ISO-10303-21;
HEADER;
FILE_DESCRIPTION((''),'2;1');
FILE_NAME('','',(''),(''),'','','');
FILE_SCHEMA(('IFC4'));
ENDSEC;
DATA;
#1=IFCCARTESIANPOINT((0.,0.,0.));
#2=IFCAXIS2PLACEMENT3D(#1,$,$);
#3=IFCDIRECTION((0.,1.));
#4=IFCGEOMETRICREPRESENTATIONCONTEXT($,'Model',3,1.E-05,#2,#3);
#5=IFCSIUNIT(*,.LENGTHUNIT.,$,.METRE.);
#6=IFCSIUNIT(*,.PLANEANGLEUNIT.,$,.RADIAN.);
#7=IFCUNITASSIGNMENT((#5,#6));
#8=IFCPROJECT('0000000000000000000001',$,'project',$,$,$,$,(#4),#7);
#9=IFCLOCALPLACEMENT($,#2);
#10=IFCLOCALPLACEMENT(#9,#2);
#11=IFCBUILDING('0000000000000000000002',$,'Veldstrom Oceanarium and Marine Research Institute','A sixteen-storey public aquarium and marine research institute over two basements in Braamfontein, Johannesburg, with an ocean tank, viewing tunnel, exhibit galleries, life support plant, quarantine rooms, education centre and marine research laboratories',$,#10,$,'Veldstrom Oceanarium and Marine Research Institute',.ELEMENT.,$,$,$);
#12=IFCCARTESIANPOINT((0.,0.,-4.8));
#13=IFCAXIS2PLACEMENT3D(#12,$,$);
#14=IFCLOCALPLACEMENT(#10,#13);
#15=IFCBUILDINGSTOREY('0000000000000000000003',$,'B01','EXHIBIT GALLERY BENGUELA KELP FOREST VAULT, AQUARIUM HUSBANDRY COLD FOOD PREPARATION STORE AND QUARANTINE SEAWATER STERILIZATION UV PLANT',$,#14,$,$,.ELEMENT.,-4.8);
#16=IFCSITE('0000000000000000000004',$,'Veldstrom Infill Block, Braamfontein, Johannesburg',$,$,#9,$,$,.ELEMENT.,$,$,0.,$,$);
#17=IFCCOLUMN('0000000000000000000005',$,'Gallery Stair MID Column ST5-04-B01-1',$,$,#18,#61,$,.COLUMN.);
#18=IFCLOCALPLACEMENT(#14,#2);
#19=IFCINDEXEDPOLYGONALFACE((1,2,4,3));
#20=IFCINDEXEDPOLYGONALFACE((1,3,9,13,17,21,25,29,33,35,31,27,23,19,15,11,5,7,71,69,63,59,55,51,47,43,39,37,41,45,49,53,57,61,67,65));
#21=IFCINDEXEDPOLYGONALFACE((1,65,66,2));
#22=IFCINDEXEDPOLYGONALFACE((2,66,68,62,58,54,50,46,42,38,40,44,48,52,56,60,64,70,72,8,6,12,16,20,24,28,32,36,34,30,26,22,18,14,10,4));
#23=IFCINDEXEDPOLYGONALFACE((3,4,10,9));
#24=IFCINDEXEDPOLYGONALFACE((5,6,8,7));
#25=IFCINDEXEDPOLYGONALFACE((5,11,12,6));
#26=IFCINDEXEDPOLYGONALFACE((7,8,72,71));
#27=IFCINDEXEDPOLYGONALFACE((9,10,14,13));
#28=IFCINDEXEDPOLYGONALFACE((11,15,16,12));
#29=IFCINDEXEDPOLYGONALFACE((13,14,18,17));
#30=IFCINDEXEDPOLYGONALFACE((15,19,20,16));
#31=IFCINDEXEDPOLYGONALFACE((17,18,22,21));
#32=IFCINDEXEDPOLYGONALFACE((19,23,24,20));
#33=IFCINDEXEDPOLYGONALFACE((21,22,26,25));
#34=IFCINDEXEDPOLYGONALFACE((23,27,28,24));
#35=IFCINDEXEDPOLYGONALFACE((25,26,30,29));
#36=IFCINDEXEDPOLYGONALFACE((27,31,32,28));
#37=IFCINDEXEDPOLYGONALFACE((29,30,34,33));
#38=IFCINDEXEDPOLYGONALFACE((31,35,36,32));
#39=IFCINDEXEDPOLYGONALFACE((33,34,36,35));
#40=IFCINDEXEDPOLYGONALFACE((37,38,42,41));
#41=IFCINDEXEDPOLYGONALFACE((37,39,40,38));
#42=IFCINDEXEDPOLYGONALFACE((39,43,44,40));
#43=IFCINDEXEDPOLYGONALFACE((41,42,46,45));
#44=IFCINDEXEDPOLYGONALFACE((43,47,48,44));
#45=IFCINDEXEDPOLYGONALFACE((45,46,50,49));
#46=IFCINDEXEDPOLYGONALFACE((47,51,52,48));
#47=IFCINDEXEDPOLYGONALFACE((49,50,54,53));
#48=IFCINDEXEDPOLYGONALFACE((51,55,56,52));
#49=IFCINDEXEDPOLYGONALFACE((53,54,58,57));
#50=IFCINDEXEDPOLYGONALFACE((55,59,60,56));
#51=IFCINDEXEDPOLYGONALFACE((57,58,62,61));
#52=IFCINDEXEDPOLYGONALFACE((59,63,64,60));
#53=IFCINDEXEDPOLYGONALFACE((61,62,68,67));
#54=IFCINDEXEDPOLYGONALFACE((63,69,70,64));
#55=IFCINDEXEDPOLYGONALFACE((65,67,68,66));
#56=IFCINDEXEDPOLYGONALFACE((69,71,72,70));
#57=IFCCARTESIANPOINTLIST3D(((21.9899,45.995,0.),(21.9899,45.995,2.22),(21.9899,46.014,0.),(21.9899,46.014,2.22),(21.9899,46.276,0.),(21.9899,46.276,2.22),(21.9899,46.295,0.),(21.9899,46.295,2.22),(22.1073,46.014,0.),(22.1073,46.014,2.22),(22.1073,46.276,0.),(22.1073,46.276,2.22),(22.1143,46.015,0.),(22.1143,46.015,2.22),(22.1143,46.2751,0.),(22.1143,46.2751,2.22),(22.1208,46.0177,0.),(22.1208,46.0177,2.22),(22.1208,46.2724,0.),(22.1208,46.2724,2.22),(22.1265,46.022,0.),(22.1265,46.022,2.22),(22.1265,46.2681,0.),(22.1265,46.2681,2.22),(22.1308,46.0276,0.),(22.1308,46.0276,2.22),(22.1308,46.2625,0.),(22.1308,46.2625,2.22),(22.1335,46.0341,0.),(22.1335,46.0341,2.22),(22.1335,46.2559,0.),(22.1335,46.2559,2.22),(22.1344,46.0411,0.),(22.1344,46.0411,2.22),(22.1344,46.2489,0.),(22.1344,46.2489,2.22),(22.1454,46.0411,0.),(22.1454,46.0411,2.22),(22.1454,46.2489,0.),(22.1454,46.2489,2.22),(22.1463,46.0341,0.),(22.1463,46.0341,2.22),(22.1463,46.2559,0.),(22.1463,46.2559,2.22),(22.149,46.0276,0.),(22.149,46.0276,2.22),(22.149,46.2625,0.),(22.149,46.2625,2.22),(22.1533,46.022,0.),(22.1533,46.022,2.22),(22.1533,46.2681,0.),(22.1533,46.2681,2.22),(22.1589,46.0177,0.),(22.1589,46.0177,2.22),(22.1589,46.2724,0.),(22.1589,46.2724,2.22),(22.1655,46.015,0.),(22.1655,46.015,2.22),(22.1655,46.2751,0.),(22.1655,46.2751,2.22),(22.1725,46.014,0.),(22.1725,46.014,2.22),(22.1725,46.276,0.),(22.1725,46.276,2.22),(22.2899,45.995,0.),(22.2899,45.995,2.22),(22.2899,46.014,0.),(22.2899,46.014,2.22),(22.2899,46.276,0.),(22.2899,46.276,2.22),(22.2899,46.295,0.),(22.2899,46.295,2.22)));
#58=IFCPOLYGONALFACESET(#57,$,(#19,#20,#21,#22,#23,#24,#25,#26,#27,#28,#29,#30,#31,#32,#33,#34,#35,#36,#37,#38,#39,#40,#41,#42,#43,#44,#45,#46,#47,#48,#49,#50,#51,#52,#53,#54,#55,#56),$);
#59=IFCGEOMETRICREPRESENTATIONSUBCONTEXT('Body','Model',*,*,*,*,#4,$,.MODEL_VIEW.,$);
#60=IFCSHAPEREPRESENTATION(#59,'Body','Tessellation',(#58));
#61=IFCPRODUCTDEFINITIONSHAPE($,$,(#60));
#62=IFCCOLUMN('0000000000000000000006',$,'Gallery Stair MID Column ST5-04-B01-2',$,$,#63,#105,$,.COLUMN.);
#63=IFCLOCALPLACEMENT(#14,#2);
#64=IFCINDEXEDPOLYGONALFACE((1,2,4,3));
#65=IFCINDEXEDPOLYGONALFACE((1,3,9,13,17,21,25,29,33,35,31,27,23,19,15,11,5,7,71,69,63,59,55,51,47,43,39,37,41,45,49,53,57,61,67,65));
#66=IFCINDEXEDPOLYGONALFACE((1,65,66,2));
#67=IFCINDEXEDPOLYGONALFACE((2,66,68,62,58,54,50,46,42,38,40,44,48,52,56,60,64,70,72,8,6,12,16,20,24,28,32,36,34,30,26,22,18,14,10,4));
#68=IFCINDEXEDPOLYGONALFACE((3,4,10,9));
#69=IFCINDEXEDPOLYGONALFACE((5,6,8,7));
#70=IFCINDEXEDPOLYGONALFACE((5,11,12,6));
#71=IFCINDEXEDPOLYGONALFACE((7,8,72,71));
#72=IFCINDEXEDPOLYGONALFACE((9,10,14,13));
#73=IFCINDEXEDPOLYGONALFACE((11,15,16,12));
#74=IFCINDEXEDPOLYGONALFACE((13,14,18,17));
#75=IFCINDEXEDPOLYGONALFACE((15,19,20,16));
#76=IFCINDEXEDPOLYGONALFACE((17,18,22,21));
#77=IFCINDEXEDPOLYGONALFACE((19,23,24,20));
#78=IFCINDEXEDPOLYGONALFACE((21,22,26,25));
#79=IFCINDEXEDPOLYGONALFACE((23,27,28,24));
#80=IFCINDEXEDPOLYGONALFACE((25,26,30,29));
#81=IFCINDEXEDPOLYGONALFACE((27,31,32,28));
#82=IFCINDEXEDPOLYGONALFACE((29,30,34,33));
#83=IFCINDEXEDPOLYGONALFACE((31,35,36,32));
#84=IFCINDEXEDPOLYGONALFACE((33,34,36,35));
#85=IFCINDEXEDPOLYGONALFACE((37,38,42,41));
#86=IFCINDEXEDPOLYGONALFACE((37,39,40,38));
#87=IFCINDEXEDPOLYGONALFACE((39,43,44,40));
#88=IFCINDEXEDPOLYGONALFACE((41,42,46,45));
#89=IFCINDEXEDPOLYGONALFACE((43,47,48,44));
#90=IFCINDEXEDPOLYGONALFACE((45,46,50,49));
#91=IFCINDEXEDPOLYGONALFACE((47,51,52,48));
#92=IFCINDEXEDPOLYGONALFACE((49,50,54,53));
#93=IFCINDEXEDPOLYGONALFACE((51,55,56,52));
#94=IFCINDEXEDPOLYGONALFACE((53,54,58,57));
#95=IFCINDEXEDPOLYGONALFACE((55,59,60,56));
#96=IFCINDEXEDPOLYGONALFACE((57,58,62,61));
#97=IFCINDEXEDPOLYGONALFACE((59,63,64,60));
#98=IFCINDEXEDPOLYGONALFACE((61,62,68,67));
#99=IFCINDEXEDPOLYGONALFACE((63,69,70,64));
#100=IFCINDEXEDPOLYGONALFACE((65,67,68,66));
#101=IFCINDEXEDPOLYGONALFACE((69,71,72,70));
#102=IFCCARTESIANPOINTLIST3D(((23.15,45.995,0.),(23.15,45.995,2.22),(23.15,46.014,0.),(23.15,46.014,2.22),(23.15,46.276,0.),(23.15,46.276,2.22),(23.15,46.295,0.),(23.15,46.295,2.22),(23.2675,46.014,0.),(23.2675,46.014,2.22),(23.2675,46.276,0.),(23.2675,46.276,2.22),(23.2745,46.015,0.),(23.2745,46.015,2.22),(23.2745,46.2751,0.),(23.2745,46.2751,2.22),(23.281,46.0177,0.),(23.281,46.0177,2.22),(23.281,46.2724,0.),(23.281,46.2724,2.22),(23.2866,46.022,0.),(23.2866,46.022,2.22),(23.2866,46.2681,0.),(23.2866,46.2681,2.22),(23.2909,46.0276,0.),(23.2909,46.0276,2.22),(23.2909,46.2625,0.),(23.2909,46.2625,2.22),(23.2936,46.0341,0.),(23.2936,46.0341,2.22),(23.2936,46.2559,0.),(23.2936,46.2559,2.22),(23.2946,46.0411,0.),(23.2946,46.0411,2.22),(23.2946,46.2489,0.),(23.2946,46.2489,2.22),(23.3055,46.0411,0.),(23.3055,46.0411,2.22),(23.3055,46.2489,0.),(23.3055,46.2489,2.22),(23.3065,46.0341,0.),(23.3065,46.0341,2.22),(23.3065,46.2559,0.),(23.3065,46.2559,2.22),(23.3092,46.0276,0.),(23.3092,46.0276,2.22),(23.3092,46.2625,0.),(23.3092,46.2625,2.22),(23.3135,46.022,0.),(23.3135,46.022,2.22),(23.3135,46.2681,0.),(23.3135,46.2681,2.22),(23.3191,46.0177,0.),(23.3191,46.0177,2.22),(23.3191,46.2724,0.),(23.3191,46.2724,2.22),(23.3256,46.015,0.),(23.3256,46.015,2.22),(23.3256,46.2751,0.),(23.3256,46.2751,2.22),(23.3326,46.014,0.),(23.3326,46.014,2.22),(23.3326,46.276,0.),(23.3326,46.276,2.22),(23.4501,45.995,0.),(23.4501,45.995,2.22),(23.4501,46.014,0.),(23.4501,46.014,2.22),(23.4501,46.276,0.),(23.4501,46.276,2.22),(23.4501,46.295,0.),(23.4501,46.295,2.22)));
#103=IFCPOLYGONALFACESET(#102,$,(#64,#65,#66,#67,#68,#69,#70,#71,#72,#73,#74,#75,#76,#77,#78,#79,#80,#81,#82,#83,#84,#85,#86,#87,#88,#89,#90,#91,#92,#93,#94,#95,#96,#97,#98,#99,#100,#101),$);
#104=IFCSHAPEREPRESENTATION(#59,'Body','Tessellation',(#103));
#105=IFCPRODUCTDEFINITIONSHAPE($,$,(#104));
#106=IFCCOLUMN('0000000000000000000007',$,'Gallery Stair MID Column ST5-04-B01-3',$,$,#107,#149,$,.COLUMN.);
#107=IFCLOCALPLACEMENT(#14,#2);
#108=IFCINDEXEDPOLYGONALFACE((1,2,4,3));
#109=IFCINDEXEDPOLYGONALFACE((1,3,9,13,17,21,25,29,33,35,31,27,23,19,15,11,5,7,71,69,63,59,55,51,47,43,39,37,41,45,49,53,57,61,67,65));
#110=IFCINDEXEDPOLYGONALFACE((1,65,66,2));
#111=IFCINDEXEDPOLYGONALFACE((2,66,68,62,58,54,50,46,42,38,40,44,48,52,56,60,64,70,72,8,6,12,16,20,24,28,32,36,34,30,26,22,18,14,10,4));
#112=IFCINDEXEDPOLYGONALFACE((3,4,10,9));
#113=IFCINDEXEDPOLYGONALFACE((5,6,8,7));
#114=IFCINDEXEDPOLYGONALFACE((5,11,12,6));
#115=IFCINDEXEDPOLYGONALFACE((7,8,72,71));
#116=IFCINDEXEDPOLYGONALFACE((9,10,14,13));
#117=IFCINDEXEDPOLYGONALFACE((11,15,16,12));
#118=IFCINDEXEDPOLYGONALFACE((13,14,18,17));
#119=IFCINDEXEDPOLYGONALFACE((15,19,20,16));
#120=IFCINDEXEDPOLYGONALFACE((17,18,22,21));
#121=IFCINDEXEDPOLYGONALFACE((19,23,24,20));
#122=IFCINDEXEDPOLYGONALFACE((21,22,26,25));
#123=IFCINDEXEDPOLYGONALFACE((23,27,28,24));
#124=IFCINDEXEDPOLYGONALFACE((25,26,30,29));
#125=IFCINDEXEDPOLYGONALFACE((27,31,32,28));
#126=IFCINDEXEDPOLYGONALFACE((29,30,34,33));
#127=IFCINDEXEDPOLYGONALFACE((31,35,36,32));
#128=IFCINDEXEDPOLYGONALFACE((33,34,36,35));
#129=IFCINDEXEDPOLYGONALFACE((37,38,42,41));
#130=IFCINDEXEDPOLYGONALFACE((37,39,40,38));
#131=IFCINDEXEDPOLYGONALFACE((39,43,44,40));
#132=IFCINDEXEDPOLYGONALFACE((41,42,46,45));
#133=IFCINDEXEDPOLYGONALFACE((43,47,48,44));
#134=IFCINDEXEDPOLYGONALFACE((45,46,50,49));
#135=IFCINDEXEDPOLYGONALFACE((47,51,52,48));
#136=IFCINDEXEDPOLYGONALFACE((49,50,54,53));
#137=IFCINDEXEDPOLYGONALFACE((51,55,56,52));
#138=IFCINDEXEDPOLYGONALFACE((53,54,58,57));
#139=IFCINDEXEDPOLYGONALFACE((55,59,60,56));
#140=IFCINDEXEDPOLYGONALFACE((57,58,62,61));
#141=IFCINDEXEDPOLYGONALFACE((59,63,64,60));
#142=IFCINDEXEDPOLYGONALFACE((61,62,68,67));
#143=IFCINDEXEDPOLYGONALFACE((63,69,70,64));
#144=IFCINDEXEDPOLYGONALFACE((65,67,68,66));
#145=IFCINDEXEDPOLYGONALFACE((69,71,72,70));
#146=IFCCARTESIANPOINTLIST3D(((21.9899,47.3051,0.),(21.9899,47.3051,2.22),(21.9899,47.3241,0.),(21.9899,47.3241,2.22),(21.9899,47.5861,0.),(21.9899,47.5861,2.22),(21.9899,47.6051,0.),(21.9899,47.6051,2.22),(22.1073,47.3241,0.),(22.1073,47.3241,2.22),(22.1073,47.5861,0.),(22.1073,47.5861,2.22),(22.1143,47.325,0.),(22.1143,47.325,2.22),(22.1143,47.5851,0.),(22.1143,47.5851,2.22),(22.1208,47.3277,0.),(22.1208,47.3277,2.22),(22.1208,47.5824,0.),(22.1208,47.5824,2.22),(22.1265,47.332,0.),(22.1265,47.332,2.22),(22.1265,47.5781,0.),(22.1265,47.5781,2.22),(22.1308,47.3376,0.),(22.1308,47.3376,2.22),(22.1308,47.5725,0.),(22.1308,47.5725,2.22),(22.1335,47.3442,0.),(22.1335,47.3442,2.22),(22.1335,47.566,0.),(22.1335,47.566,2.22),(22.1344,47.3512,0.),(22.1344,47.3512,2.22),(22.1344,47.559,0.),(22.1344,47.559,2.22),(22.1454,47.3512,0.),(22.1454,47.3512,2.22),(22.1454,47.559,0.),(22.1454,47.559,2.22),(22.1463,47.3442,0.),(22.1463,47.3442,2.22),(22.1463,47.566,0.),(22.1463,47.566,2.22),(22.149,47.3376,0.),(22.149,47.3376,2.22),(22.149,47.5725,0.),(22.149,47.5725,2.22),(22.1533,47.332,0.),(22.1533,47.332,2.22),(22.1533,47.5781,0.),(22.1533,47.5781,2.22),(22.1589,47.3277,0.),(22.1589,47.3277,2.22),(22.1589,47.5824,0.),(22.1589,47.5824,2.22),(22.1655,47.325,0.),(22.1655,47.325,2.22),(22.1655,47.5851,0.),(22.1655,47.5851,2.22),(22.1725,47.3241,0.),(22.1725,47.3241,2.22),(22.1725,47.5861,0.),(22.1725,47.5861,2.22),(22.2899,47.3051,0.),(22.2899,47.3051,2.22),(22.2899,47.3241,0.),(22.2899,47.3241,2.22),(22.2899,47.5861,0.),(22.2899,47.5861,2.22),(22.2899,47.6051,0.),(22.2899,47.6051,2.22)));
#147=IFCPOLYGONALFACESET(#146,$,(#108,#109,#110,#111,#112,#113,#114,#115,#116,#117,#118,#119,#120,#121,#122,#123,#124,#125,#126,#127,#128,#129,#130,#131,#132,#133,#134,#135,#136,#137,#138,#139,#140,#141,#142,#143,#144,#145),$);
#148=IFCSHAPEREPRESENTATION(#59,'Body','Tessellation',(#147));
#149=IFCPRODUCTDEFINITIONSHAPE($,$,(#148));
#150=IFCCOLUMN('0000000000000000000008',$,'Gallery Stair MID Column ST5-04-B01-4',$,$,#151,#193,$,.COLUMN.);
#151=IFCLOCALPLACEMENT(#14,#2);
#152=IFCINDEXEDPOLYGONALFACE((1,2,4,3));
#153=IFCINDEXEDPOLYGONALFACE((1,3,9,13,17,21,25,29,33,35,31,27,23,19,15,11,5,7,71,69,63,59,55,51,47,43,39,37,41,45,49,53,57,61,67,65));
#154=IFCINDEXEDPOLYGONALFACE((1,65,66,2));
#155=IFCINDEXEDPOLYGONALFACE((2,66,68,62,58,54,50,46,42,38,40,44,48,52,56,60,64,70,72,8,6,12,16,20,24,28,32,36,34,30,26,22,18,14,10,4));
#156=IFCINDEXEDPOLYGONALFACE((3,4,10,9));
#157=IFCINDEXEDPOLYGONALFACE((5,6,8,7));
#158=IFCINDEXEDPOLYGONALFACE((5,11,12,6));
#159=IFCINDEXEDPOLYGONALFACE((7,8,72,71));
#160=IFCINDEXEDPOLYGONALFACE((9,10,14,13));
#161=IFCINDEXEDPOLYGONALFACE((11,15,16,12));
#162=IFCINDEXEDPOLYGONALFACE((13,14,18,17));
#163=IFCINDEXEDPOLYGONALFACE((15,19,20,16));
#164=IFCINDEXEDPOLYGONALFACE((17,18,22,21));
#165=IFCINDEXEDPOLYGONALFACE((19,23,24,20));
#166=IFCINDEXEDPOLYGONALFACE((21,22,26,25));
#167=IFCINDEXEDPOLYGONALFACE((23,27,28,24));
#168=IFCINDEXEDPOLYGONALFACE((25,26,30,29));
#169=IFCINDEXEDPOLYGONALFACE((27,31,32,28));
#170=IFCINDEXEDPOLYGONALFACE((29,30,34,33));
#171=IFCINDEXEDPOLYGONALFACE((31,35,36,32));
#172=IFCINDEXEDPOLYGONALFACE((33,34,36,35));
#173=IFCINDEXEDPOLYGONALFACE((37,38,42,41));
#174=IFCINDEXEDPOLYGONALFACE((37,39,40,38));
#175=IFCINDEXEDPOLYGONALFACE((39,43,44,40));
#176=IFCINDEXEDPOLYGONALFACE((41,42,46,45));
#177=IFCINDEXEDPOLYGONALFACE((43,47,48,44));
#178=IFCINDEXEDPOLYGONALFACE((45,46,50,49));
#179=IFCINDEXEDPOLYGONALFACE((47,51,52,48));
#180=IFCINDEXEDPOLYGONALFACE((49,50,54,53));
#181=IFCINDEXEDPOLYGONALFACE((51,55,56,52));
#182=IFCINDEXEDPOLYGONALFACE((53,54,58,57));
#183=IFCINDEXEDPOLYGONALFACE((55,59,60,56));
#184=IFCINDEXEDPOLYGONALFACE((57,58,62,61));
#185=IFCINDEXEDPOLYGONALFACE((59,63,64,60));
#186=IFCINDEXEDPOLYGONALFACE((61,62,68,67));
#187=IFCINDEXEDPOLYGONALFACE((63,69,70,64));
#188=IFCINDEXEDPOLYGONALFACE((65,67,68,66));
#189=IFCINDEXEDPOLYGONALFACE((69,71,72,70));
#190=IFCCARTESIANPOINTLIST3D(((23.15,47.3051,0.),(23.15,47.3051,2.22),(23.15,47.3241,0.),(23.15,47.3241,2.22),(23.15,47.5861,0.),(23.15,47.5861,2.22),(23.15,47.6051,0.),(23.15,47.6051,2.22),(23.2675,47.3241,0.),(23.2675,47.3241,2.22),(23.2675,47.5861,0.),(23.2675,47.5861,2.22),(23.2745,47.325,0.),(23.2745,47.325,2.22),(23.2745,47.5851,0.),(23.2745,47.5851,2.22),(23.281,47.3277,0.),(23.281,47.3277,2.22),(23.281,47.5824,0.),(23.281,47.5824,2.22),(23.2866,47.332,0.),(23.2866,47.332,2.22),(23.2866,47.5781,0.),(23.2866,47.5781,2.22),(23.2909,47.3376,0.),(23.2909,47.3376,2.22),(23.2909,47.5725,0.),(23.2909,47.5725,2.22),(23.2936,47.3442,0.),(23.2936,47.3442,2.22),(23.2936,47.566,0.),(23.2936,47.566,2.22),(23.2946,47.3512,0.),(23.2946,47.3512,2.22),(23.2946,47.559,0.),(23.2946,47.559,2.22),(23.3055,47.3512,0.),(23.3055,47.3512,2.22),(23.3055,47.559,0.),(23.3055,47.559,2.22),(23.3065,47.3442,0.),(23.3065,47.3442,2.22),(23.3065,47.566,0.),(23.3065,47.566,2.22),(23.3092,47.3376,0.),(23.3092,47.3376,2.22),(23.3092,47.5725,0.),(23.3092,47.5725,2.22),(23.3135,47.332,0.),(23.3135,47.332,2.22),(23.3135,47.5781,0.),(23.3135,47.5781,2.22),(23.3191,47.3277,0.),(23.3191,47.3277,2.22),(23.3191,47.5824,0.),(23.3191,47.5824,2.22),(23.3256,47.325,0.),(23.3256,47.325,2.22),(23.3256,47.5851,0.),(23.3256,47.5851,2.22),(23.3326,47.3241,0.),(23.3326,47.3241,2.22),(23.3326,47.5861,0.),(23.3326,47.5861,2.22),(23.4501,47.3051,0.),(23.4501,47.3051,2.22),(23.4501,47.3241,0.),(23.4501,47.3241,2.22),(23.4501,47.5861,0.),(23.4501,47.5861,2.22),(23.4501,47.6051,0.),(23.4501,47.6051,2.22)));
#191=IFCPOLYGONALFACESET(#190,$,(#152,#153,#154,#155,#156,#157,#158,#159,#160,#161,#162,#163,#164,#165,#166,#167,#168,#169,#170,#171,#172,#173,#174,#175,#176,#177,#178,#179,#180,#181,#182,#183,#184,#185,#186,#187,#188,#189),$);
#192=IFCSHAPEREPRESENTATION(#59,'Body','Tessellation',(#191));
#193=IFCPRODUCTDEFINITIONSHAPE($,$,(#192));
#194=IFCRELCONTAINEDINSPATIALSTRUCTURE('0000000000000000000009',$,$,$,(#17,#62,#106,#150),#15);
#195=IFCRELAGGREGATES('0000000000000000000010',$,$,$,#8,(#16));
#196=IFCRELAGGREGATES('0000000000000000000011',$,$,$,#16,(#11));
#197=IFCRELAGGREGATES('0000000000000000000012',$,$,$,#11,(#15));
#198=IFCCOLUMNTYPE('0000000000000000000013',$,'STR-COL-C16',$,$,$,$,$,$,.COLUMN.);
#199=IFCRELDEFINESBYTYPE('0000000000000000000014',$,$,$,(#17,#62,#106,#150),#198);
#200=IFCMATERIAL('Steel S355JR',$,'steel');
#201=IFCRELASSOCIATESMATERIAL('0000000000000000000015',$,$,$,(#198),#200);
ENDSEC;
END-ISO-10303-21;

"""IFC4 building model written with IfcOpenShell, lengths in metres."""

from ifc_helpers import new_model, si_unit, direction, frame, origin, origin_2d, place, context, subcontext, project, spatial, i_section, extrude, material, material_profile, profile_set, type_object, element, save


model = new_model("IFC4")

# Units and contexts
model_context = context("Model", 3, precision=1e-05, world=origin(), true_north=direction((0.0, 1.0)))
body_context = subcontext(model_context, "Body", "Model", "MODEL_VIEW")
ifc_project = project(units=[si_unit("LENGTHUNIT", "METRE"), si_unit("PLANEANGLEUNIT", "RADIAN")], contexts=[model_context])

# Site, building, storey
site_placement = place(None, origin())
site = spatial("IfcSite", under=ifc_project, at=site_placement, Name="Veldstrom Infill Block, Braamfontein, Johannesburg", CompositionType="ELEMENT", RefElevation=0.0)
building_placement = place(site_placement, origin())
building = spatial("IfcBuilding", under=site, at=building_placement, Name="Veldstrom Oceanarium and Marine Research Institute", Description="A sixteen-storey public aquarium and marine research institute over two basements in Braamfontein, Johannesburg, with an ocean tank, viewing tunnel, exhibit galleries, life support plant, quarantine rooms, education centre and marine research laboratories", LongName="Veldstrom Oceanarium and Marine Research Institute", CompositionType="ELEMENT")
storey_placement = place(building_placement, frame((0.0, 0.0, -4.8)))
storey = spatial("IfcBuildingStorey", under=building, at=storey_placement, Name="B01", Description="EXHIBIT GALLERY BENGUELA KELP FOREST VAULT, AQUARIUM HUSBANDRY COLD FOOD PREPARATION STORE AND QUARANTINE SEAWATER STERILIZATION UV PLANT", CompositionType="ELEMENT", Elevation=-4.8)

# Columns
ifc_material_1 = material(Name="Steel S355JR", Category="steel")
ifc_material_profile = material_profile(ifc_material_1, i_section(OverallWidth=0.3, OverallDepth=0.3, WebThickness=0.011, FlangeThickness=0.019, FilletRadius=0.0271, at=origin_2d()), Name="HEB 300")
ifc_profile_set = profile_set([ifc_material_profile], Name="Steel S355JR")
column_type = type_object("IfcColumnType", Name="STR-COL-C16", PredefinedType="COLUMN", material=ifc_profile_set)
for number, where, z_axis, x_axis, name in (
    (1, (22.1399, 46.145, 0.0), (0.0, 0.0, 1.0), (1.0, 0.0, 0.0), "Gallery Stair MID Column ST5-04-B01-1"),
    (2, (23.3, 46.145, 0.0), (0.0, 0.0, 1.0), (1.0, 0.0, 0.0), "Gallery Stair MID Column ST5-04-B01-2"),
    (3, (22.1399, 47.4551, 0.0), (0.0, 0.0, 1.0), (1.0, 0.0, 0.0), "Gallery Stair MID Column ST5-04-B01-3"),
    (4, (23.3, 47.4551, 0.0), (0.0, 0.0, 1.0), (1.0, 0.0, 0.0), "Gallery Stair MID Column ST5-04-B01-4"),
):
    element("IfcColumn", number, at=place(storey_placement, frame(where, z_axis=z_axis, x_axis=x_axis)), inside=storey, type_object=column_type, Name=name, PredefinedType="COLUMN", context=body_context, shape_type="SweptSolid", body=[
        extrude(i_section(OverallWidth=0.3, OverallDepth=0.3, WebThickness=0.011, FlangeThickness=0.019, FilletRadius=0.0271, at=origin_2d()), origin(), (0.0, 0.0, 1.0), 2.22),
    ])

save(model, "model.ifc")
